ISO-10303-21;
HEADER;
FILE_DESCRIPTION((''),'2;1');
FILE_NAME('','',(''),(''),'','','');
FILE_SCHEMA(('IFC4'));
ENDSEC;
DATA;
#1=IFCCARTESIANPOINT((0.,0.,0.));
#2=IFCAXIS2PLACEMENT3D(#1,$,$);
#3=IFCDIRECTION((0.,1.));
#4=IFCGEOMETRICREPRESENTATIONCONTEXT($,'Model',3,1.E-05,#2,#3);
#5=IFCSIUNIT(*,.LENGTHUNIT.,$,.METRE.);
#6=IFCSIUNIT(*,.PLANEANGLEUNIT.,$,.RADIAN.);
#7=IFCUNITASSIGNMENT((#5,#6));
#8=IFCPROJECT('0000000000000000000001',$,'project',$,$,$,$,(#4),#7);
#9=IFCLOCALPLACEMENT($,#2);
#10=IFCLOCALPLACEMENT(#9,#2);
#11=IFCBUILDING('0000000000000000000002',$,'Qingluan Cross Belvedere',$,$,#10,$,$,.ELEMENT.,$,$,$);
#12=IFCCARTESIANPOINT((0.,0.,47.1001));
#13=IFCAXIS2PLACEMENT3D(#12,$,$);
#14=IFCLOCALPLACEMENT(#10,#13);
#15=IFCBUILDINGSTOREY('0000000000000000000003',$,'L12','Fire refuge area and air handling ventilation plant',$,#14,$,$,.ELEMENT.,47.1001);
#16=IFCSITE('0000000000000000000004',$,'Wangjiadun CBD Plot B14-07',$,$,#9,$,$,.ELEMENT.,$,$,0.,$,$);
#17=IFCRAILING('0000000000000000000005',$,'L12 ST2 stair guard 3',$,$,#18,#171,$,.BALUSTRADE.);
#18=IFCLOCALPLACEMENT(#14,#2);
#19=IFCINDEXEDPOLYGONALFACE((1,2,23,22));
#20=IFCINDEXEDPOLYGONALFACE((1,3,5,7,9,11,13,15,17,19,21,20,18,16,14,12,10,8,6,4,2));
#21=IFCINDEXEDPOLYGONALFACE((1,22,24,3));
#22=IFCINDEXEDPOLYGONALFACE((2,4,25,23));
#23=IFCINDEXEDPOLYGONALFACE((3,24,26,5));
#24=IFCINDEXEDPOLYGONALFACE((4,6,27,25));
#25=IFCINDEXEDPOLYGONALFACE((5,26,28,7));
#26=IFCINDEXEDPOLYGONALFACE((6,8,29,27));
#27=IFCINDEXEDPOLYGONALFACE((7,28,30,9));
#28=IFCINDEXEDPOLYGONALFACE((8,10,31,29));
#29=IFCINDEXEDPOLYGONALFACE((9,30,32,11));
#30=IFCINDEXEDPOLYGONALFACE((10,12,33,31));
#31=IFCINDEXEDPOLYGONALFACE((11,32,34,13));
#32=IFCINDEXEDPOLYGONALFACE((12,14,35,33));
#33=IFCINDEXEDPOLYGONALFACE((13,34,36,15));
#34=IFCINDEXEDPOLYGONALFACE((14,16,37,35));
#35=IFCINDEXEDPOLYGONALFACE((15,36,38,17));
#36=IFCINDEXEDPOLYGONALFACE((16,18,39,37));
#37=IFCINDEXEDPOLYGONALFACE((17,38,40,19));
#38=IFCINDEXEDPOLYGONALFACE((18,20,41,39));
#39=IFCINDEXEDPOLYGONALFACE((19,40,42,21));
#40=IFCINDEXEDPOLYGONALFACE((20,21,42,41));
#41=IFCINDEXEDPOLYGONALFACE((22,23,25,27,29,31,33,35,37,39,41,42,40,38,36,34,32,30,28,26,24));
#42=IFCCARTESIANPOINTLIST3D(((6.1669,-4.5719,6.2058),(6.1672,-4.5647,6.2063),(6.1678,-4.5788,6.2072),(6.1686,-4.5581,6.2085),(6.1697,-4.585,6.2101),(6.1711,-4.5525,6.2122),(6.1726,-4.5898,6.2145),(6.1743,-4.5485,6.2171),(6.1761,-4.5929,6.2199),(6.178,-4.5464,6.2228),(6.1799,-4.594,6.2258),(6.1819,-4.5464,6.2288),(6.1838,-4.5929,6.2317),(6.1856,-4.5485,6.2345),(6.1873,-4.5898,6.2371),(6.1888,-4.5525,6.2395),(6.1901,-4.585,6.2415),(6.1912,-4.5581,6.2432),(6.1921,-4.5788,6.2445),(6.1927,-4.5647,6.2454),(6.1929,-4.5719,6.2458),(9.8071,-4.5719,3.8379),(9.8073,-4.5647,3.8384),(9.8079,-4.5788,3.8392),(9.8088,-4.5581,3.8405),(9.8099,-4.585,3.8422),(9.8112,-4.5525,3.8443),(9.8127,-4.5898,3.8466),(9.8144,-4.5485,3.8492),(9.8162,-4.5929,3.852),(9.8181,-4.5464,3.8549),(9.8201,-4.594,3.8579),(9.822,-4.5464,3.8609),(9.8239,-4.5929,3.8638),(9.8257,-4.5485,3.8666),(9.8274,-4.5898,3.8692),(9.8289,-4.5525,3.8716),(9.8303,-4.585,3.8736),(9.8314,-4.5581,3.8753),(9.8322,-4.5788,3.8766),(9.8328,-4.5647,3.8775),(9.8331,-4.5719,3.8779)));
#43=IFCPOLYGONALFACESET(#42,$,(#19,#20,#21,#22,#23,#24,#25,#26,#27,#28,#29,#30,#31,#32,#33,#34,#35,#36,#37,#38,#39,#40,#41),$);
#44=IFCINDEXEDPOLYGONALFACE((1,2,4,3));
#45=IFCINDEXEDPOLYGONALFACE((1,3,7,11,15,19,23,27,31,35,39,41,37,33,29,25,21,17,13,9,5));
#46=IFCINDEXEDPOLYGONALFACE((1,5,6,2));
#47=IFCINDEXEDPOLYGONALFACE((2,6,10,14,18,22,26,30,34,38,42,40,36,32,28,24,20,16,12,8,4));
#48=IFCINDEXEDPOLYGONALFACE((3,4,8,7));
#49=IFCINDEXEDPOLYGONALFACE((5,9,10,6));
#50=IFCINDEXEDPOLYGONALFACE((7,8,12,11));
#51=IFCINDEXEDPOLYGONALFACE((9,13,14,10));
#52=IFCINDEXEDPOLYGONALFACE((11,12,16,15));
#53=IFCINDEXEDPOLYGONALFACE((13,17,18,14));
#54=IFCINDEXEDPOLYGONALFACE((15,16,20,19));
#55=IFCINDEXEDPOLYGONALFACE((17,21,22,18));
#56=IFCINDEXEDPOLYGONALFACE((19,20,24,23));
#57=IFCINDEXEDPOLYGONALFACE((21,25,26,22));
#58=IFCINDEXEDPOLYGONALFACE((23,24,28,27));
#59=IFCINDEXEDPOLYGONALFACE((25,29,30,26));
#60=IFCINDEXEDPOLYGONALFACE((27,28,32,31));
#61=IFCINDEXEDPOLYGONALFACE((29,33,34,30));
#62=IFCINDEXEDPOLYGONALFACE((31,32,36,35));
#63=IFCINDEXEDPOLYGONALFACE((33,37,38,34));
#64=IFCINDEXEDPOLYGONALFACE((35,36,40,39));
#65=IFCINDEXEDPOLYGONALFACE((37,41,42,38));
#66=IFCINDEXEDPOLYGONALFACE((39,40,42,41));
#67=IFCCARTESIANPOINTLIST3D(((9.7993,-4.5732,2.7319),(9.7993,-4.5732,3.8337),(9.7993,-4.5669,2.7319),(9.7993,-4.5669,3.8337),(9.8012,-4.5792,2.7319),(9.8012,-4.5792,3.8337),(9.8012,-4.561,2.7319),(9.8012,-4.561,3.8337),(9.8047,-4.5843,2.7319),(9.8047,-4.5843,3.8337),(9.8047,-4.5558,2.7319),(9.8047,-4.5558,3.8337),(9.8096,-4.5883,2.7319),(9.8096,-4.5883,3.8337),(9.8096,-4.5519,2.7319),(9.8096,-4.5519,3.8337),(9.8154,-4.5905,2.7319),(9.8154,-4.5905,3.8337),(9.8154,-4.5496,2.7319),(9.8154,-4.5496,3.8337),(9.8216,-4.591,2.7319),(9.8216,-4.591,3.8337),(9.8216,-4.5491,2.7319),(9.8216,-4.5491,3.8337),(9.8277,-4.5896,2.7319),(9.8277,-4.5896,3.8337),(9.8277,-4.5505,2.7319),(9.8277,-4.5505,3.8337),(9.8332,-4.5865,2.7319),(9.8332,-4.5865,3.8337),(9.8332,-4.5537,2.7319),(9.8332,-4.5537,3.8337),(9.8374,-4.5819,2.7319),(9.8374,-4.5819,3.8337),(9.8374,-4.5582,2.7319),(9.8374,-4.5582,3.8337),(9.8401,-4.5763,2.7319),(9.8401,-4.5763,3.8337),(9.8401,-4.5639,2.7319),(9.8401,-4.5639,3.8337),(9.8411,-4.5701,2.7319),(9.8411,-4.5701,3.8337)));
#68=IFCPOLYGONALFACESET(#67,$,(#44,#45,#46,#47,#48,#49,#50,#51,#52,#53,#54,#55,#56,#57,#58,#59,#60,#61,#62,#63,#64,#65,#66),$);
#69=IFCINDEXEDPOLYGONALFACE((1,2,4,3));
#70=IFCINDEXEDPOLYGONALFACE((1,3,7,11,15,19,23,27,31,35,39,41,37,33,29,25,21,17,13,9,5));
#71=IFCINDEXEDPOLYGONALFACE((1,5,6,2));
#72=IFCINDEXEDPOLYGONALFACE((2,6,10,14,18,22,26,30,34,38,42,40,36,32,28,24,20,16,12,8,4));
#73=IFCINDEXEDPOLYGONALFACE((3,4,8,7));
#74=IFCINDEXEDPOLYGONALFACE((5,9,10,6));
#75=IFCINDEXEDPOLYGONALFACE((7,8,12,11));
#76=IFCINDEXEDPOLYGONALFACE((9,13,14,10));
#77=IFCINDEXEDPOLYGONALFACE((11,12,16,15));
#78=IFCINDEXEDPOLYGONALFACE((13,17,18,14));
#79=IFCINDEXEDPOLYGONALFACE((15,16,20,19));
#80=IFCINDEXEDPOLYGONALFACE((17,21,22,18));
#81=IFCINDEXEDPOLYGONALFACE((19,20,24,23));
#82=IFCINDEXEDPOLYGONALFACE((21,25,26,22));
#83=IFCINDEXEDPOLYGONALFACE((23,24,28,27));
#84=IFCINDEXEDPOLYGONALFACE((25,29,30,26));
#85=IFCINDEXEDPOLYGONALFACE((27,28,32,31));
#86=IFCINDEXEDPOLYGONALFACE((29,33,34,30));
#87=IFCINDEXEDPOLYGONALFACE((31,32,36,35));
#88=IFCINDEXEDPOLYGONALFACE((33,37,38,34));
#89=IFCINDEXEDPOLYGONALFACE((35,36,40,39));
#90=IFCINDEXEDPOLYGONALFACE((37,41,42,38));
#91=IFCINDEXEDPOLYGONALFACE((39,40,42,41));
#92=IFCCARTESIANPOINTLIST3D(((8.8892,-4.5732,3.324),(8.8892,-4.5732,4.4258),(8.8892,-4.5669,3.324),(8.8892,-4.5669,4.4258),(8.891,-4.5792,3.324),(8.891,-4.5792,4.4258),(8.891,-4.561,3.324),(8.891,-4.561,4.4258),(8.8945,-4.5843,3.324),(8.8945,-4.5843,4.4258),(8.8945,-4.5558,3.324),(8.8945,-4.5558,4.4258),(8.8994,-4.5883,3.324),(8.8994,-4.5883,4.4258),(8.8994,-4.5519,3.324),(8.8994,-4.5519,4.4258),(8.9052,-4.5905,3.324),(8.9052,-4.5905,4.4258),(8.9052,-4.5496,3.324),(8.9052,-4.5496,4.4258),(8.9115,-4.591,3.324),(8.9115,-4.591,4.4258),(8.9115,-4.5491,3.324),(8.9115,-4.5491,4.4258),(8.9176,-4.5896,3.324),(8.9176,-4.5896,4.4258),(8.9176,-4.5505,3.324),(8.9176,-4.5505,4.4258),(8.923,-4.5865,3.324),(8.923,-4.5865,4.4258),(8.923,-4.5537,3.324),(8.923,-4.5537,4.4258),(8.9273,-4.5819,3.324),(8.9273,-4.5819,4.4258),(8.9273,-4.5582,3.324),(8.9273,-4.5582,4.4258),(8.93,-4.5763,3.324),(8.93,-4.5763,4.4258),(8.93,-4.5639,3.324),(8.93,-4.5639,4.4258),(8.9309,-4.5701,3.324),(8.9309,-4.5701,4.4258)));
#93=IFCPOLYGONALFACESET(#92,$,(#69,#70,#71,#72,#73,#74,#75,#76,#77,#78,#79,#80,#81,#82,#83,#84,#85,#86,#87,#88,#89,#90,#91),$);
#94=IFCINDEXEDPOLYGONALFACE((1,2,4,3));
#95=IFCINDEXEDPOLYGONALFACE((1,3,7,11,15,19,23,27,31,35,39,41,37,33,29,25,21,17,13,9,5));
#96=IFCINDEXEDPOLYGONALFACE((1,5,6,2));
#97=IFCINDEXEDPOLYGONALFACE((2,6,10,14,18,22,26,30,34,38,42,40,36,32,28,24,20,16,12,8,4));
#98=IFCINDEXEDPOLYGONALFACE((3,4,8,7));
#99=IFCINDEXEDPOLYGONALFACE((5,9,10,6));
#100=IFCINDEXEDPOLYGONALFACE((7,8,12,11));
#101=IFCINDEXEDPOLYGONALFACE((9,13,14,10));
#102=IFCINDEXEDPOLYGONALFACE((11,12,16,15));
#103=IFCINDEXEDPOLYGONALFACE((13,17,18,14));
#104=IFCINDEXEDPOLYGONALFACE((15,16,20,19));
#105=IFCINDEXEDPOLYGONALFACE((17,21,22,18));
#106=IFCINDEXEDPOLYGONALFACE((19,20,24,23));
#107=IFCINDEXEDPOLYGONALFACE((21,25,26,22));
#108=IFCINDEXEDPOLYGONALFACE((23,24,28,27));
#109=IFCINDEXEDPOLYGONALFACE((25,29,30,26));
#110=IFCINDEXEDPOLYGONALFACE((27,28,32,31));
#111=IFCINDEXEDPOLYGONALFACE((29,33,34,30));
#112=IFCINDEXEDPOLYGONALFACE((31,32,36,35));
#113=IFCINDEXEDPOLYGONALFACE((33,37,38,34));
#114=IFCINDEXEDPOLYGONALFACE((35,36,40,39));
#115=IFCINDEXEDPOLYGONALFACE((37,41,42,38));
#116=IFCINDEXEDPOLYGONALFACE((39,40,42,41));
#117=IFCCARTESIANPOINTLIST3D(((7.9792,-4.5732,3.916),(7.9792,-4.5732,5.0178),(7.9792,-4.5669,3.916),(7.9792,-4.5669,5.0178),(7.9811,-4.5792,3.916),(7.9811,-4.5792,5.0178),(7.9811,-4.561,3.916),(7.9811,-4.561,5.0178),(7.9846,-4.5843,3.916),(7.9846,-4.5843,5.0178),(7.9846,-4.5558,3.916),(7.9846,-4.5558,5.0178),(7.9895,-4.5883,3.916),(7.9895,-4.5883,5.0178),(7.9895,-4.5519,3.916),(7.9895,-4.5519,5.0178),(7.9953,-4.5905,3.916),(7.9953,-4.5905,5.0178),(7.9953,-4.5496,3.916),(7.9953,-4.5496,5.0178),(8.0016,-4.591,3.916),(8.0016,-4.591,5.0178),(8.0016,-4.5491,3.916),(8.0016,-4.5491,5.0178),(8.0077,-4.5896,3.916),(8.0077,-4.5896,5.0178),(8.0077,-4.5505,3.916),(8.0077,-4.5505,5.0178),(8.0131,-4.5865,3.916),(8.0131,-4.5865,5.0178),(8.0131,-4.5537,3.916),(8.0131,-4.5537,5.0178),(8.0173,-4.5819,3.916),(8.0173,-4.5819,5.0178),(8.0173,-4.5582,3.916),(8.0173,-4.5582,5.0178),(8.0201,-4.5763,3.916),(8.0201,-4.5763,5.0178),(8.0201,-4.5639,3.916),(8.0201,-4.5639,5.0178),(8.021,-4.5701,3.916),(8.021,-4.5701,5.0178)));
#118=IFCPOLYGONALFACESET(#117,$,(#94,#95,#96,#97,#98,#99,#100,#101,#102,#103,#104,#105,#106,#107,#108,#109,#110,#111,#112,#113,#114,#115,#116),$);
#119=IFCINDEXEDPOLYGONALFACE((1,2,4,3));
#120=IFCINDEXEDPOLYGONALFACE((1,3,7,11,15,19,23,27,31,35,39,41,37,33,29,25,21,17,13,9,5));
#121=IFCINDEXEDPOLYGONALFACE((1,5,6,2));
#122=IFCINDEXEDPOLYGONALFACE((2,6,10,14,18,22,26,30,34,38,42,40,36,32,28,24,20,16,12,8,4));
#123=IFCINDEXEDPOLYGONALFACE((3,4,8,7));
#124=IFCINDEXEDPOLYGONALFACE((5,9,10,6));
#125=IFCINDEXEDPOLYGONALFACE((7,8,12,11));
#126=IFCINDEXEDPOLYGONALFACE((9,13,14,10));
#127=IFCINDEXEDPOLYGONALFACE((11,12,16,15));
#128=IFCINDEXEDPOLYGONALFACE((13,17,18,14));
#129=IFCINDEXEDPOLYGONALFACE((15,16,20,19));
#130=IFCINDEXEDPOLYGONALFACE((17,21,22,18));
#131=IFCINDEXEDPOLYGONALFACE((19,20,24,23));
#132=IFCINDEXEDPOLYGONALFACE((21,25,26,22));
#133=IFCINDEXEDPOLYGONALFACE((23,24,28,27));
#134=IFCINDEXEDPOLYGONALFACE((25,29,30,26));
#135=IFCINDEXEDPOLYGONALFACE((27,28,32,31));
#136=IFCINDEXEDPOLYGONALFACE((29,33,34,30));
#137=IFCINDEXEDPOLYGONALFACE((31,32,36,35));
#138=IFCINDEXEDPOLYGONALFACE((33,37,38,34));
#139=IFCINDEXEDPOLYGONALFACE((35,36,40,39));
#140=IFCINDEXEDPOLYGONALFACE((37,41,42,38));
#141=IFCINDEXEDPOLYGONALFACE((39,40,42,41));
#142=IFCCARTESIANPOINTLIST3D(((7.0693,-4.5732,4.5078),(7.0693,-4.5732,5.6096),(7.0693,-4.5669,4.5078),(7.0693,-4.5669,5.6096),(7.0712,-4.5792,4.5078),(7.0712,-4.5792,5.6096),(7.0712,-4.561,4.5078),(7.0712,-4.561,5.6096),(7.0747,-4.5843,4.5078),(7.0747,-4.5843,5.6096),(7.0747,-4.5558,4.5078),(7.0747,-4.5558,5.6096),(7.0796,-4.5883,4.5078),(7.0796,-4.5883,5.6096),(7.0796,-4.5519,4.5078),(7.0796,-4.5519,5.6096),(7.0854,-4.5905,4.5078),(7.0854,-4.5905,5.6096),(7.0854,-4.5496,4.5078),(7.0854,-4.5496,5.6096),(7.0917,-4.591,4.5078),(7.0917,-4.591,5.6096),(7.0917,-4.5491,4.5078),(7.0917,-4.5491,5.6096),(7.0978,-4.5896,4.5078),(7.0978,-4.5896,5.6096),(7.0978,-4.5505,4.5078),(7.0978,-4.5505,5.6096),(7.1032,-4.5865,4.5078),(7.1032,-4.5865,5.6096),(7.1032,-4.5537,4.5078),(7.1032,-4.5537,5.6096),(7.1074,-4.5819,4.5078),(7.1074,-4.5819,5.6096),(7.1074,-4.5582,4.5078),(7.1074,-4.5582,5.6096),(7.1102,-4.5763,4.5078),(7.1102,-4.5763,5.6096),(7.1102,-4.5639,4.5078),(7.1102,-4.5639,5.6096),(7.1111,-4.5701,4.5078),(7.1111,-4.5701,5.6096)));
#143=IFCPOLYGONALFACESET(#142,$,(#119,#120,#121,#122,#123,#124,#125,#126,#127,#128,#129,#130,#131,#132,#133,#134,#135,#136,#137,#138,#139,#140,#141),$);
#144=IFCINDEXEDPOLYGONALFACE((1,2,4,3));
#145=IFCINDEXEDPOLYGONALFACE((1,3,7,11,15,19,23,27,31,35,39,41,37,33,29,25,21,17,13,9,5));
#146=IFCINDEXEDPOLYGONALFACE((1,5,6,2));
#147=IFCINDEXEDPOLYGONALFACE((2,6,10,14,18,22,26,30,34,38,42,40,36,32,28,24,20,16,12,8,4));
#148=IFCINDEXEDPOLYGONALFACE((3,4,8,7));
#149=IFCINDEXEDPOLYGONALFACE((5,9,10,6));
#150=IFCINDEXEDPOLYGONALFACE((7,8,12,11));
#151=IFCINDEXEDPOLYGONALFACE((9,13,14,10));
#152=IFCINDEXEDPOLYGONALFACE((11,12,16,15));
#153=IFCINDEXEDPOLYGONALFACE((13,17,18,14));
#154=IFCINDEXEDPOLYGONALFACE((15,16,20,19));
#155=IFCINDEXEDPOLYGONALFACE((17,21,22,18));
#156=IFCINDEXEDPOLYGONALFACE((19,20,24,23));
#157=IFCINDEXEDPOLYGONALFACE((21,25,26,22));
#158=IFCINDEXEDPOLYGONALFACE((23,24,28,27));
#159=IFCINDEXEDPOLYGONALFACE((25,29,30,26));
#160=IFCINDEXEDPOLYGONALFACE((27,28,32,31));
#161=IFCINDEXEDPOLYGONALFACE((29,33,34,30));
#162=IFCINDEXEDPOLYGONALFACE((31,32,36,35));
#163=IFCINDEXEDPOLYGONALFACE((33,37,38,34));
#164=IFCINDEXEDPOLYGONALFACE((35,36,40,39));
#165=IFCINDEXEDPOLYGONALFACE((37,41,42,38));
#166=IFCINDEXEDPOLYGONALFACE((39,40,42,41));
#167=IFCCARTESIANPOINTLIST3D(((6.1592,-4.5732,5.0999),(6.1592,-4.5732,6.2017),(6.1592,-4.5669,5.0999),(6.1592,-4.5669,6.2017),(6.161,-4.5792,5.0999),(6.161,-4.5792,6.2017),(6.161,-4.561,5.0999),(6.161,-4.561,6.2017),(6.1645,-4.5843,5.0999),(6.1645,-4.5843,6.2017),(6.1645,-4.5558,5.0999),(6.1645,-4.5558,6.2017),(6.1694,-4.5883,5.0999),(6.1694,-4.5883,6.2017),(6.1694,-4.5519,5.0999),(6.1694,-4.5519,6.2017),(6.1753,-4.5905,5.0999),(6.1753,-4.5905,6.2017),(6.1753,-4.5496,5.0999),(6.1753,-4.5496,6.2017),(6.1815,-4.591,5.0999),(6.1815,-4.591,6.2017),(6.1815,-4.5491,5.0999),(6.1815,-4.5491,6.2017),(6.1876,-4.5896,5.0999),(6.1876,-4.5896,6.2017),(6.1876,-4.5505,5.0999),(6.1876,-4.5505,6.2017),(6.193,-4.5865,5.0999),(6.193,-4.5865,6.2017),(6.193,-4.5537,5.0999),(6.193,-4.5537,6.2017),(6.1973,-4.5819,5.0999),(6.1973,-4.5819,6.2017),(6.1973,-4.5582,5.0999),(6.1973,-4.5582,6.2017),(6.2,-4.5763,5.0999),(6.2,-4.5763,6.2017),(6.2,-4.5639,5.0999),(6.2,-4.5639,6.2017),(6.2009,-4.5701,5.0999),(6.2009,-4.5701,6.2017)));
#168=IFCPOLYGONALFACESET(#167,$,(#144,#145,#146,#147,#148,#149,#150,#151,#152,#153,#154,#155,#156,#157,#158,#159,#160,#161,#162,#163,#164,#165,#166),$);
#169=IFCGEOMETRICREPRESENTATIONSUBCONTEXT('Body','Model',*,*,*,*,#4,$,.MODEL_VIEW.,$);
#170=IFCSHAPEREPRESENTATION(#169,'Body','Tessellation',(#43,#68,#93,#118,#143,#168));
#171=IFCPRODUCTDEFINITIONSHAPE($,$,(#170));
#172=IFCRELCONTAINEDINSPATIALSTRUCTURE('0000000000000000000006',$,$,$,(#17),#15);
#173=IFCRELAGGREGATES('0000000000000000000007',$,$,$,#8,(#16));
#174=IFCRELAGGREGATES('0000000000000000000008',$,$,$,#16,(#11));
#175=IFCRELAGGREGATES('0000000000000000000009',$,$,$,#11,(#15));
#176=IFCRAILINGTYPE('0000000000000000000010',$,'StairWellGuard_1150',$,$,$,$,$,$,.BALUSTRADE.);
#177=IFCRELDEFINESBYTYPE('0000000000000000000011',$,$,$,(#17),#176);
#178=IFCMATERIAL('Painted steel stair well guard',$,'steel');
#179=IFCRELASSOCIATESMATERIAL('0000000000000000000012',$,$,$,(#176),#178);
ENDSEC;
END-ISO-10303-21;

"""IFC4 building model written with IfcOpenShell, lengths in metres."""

from ifc_helpers import new_model, si_unit, direction, frame, origin, origin_2d, place, context, subcontext, project, spatial, circle, extrude, material, type_object, element, save


model = new_model("IFC4")

# Units and contexts
model_context = context("Model", 3, precision=1e-05, world=origin(), true_north=direction((0.0, 1.0)))
body_context = subcontext(model_context, "Body", "Model", "MODEL_VIEW")
ifc_project = project(units=[si_unit("LENGTHUNIT", "METRE"), si_unit("PLANEANGLEUNIT", "RADIAN")], contexts=[model_context])

# Site, building, storey
site_placement = place(None, origin())
site = spatial("IfcSite", under=ifc_project, at=site_placement, Name="Wangjiadun CBD Plot B14-07", CompositionType="ELEMENT", RefElevation=0.0)
building_placement = place(site_placement, origin())
building = spatial("IfcBuilding", under=site, at=building_placement, Name="Qingluan Cross Belvedere", CompositionType="ELEMENT")
storey_placement = place(building_placement, frame((0.0, 0.0, 47.1001)))
storey = spatial("IfcBuildingStorey", under=building, at=storey_placement, Name="L12", Description="Fire refuge area and air handling ventilation plant", CompositionType="ELEMENT", Elevation=47.1001)

# Railing
ifc_material_1 = material(Name="Painted steel stair well guard", Category="steel")
railing_type_1 = type_object("IfcRailingType", Name="StairWellGuard_1150", PredefinedType="BALUSTRADE", material=ifc_material_1)
railing_1_placement = place(storey_placement, frame((9.8201, -4.5701, 2.7319)))
element("IfcRailing", 1, at=railing_1_placement, inside=storey, type_object=railing_type_1, Name="L12 ST2 stair guard 3", PredefinedType="BALUSTRADE", context=body_context, shape_type="SweptSolid", body=[
    extrude(circle(Radius=0.0239, at=origin_2d()), frame((0.0, 0.0, 1.126), z_axis=(-0.838251, 0.0, 0.545285), x_axis=(0.0, -1.0, 0.0)), (0.0, 0.0, 1.0), 4.3425),
    extrude(circle(Radius=0.021, at=origin_2d()), origin(), (0.0, 0.0, 1.0), 1.1018),
    extrude(circle(Radius=0.021, at=origin_2d()), frame((-0.9102, 0.0, 0.592)), (0.0, 0.0, 1.0), 1.1018),
    extrude(circle(Radius=0.021, at=origin_2d()), frame((-1.8201, 0.0, 1.1841)), (0.0, 0.0, 1.0), 1.1018),
    extrude(circle(Radius=0.021, at=origin_2d()), frame((-2.73, 0.0, 1.7759)), (0.0, 0.0, 1.0), 1.1018),
    extrude(circle(Radius=0.021, at=origin_2d()), frame((-3.6401, 0.0, 2.3679)), (0.0, 0.0, 1.0), 1.1018),
])

save(model, "model.ifc")
